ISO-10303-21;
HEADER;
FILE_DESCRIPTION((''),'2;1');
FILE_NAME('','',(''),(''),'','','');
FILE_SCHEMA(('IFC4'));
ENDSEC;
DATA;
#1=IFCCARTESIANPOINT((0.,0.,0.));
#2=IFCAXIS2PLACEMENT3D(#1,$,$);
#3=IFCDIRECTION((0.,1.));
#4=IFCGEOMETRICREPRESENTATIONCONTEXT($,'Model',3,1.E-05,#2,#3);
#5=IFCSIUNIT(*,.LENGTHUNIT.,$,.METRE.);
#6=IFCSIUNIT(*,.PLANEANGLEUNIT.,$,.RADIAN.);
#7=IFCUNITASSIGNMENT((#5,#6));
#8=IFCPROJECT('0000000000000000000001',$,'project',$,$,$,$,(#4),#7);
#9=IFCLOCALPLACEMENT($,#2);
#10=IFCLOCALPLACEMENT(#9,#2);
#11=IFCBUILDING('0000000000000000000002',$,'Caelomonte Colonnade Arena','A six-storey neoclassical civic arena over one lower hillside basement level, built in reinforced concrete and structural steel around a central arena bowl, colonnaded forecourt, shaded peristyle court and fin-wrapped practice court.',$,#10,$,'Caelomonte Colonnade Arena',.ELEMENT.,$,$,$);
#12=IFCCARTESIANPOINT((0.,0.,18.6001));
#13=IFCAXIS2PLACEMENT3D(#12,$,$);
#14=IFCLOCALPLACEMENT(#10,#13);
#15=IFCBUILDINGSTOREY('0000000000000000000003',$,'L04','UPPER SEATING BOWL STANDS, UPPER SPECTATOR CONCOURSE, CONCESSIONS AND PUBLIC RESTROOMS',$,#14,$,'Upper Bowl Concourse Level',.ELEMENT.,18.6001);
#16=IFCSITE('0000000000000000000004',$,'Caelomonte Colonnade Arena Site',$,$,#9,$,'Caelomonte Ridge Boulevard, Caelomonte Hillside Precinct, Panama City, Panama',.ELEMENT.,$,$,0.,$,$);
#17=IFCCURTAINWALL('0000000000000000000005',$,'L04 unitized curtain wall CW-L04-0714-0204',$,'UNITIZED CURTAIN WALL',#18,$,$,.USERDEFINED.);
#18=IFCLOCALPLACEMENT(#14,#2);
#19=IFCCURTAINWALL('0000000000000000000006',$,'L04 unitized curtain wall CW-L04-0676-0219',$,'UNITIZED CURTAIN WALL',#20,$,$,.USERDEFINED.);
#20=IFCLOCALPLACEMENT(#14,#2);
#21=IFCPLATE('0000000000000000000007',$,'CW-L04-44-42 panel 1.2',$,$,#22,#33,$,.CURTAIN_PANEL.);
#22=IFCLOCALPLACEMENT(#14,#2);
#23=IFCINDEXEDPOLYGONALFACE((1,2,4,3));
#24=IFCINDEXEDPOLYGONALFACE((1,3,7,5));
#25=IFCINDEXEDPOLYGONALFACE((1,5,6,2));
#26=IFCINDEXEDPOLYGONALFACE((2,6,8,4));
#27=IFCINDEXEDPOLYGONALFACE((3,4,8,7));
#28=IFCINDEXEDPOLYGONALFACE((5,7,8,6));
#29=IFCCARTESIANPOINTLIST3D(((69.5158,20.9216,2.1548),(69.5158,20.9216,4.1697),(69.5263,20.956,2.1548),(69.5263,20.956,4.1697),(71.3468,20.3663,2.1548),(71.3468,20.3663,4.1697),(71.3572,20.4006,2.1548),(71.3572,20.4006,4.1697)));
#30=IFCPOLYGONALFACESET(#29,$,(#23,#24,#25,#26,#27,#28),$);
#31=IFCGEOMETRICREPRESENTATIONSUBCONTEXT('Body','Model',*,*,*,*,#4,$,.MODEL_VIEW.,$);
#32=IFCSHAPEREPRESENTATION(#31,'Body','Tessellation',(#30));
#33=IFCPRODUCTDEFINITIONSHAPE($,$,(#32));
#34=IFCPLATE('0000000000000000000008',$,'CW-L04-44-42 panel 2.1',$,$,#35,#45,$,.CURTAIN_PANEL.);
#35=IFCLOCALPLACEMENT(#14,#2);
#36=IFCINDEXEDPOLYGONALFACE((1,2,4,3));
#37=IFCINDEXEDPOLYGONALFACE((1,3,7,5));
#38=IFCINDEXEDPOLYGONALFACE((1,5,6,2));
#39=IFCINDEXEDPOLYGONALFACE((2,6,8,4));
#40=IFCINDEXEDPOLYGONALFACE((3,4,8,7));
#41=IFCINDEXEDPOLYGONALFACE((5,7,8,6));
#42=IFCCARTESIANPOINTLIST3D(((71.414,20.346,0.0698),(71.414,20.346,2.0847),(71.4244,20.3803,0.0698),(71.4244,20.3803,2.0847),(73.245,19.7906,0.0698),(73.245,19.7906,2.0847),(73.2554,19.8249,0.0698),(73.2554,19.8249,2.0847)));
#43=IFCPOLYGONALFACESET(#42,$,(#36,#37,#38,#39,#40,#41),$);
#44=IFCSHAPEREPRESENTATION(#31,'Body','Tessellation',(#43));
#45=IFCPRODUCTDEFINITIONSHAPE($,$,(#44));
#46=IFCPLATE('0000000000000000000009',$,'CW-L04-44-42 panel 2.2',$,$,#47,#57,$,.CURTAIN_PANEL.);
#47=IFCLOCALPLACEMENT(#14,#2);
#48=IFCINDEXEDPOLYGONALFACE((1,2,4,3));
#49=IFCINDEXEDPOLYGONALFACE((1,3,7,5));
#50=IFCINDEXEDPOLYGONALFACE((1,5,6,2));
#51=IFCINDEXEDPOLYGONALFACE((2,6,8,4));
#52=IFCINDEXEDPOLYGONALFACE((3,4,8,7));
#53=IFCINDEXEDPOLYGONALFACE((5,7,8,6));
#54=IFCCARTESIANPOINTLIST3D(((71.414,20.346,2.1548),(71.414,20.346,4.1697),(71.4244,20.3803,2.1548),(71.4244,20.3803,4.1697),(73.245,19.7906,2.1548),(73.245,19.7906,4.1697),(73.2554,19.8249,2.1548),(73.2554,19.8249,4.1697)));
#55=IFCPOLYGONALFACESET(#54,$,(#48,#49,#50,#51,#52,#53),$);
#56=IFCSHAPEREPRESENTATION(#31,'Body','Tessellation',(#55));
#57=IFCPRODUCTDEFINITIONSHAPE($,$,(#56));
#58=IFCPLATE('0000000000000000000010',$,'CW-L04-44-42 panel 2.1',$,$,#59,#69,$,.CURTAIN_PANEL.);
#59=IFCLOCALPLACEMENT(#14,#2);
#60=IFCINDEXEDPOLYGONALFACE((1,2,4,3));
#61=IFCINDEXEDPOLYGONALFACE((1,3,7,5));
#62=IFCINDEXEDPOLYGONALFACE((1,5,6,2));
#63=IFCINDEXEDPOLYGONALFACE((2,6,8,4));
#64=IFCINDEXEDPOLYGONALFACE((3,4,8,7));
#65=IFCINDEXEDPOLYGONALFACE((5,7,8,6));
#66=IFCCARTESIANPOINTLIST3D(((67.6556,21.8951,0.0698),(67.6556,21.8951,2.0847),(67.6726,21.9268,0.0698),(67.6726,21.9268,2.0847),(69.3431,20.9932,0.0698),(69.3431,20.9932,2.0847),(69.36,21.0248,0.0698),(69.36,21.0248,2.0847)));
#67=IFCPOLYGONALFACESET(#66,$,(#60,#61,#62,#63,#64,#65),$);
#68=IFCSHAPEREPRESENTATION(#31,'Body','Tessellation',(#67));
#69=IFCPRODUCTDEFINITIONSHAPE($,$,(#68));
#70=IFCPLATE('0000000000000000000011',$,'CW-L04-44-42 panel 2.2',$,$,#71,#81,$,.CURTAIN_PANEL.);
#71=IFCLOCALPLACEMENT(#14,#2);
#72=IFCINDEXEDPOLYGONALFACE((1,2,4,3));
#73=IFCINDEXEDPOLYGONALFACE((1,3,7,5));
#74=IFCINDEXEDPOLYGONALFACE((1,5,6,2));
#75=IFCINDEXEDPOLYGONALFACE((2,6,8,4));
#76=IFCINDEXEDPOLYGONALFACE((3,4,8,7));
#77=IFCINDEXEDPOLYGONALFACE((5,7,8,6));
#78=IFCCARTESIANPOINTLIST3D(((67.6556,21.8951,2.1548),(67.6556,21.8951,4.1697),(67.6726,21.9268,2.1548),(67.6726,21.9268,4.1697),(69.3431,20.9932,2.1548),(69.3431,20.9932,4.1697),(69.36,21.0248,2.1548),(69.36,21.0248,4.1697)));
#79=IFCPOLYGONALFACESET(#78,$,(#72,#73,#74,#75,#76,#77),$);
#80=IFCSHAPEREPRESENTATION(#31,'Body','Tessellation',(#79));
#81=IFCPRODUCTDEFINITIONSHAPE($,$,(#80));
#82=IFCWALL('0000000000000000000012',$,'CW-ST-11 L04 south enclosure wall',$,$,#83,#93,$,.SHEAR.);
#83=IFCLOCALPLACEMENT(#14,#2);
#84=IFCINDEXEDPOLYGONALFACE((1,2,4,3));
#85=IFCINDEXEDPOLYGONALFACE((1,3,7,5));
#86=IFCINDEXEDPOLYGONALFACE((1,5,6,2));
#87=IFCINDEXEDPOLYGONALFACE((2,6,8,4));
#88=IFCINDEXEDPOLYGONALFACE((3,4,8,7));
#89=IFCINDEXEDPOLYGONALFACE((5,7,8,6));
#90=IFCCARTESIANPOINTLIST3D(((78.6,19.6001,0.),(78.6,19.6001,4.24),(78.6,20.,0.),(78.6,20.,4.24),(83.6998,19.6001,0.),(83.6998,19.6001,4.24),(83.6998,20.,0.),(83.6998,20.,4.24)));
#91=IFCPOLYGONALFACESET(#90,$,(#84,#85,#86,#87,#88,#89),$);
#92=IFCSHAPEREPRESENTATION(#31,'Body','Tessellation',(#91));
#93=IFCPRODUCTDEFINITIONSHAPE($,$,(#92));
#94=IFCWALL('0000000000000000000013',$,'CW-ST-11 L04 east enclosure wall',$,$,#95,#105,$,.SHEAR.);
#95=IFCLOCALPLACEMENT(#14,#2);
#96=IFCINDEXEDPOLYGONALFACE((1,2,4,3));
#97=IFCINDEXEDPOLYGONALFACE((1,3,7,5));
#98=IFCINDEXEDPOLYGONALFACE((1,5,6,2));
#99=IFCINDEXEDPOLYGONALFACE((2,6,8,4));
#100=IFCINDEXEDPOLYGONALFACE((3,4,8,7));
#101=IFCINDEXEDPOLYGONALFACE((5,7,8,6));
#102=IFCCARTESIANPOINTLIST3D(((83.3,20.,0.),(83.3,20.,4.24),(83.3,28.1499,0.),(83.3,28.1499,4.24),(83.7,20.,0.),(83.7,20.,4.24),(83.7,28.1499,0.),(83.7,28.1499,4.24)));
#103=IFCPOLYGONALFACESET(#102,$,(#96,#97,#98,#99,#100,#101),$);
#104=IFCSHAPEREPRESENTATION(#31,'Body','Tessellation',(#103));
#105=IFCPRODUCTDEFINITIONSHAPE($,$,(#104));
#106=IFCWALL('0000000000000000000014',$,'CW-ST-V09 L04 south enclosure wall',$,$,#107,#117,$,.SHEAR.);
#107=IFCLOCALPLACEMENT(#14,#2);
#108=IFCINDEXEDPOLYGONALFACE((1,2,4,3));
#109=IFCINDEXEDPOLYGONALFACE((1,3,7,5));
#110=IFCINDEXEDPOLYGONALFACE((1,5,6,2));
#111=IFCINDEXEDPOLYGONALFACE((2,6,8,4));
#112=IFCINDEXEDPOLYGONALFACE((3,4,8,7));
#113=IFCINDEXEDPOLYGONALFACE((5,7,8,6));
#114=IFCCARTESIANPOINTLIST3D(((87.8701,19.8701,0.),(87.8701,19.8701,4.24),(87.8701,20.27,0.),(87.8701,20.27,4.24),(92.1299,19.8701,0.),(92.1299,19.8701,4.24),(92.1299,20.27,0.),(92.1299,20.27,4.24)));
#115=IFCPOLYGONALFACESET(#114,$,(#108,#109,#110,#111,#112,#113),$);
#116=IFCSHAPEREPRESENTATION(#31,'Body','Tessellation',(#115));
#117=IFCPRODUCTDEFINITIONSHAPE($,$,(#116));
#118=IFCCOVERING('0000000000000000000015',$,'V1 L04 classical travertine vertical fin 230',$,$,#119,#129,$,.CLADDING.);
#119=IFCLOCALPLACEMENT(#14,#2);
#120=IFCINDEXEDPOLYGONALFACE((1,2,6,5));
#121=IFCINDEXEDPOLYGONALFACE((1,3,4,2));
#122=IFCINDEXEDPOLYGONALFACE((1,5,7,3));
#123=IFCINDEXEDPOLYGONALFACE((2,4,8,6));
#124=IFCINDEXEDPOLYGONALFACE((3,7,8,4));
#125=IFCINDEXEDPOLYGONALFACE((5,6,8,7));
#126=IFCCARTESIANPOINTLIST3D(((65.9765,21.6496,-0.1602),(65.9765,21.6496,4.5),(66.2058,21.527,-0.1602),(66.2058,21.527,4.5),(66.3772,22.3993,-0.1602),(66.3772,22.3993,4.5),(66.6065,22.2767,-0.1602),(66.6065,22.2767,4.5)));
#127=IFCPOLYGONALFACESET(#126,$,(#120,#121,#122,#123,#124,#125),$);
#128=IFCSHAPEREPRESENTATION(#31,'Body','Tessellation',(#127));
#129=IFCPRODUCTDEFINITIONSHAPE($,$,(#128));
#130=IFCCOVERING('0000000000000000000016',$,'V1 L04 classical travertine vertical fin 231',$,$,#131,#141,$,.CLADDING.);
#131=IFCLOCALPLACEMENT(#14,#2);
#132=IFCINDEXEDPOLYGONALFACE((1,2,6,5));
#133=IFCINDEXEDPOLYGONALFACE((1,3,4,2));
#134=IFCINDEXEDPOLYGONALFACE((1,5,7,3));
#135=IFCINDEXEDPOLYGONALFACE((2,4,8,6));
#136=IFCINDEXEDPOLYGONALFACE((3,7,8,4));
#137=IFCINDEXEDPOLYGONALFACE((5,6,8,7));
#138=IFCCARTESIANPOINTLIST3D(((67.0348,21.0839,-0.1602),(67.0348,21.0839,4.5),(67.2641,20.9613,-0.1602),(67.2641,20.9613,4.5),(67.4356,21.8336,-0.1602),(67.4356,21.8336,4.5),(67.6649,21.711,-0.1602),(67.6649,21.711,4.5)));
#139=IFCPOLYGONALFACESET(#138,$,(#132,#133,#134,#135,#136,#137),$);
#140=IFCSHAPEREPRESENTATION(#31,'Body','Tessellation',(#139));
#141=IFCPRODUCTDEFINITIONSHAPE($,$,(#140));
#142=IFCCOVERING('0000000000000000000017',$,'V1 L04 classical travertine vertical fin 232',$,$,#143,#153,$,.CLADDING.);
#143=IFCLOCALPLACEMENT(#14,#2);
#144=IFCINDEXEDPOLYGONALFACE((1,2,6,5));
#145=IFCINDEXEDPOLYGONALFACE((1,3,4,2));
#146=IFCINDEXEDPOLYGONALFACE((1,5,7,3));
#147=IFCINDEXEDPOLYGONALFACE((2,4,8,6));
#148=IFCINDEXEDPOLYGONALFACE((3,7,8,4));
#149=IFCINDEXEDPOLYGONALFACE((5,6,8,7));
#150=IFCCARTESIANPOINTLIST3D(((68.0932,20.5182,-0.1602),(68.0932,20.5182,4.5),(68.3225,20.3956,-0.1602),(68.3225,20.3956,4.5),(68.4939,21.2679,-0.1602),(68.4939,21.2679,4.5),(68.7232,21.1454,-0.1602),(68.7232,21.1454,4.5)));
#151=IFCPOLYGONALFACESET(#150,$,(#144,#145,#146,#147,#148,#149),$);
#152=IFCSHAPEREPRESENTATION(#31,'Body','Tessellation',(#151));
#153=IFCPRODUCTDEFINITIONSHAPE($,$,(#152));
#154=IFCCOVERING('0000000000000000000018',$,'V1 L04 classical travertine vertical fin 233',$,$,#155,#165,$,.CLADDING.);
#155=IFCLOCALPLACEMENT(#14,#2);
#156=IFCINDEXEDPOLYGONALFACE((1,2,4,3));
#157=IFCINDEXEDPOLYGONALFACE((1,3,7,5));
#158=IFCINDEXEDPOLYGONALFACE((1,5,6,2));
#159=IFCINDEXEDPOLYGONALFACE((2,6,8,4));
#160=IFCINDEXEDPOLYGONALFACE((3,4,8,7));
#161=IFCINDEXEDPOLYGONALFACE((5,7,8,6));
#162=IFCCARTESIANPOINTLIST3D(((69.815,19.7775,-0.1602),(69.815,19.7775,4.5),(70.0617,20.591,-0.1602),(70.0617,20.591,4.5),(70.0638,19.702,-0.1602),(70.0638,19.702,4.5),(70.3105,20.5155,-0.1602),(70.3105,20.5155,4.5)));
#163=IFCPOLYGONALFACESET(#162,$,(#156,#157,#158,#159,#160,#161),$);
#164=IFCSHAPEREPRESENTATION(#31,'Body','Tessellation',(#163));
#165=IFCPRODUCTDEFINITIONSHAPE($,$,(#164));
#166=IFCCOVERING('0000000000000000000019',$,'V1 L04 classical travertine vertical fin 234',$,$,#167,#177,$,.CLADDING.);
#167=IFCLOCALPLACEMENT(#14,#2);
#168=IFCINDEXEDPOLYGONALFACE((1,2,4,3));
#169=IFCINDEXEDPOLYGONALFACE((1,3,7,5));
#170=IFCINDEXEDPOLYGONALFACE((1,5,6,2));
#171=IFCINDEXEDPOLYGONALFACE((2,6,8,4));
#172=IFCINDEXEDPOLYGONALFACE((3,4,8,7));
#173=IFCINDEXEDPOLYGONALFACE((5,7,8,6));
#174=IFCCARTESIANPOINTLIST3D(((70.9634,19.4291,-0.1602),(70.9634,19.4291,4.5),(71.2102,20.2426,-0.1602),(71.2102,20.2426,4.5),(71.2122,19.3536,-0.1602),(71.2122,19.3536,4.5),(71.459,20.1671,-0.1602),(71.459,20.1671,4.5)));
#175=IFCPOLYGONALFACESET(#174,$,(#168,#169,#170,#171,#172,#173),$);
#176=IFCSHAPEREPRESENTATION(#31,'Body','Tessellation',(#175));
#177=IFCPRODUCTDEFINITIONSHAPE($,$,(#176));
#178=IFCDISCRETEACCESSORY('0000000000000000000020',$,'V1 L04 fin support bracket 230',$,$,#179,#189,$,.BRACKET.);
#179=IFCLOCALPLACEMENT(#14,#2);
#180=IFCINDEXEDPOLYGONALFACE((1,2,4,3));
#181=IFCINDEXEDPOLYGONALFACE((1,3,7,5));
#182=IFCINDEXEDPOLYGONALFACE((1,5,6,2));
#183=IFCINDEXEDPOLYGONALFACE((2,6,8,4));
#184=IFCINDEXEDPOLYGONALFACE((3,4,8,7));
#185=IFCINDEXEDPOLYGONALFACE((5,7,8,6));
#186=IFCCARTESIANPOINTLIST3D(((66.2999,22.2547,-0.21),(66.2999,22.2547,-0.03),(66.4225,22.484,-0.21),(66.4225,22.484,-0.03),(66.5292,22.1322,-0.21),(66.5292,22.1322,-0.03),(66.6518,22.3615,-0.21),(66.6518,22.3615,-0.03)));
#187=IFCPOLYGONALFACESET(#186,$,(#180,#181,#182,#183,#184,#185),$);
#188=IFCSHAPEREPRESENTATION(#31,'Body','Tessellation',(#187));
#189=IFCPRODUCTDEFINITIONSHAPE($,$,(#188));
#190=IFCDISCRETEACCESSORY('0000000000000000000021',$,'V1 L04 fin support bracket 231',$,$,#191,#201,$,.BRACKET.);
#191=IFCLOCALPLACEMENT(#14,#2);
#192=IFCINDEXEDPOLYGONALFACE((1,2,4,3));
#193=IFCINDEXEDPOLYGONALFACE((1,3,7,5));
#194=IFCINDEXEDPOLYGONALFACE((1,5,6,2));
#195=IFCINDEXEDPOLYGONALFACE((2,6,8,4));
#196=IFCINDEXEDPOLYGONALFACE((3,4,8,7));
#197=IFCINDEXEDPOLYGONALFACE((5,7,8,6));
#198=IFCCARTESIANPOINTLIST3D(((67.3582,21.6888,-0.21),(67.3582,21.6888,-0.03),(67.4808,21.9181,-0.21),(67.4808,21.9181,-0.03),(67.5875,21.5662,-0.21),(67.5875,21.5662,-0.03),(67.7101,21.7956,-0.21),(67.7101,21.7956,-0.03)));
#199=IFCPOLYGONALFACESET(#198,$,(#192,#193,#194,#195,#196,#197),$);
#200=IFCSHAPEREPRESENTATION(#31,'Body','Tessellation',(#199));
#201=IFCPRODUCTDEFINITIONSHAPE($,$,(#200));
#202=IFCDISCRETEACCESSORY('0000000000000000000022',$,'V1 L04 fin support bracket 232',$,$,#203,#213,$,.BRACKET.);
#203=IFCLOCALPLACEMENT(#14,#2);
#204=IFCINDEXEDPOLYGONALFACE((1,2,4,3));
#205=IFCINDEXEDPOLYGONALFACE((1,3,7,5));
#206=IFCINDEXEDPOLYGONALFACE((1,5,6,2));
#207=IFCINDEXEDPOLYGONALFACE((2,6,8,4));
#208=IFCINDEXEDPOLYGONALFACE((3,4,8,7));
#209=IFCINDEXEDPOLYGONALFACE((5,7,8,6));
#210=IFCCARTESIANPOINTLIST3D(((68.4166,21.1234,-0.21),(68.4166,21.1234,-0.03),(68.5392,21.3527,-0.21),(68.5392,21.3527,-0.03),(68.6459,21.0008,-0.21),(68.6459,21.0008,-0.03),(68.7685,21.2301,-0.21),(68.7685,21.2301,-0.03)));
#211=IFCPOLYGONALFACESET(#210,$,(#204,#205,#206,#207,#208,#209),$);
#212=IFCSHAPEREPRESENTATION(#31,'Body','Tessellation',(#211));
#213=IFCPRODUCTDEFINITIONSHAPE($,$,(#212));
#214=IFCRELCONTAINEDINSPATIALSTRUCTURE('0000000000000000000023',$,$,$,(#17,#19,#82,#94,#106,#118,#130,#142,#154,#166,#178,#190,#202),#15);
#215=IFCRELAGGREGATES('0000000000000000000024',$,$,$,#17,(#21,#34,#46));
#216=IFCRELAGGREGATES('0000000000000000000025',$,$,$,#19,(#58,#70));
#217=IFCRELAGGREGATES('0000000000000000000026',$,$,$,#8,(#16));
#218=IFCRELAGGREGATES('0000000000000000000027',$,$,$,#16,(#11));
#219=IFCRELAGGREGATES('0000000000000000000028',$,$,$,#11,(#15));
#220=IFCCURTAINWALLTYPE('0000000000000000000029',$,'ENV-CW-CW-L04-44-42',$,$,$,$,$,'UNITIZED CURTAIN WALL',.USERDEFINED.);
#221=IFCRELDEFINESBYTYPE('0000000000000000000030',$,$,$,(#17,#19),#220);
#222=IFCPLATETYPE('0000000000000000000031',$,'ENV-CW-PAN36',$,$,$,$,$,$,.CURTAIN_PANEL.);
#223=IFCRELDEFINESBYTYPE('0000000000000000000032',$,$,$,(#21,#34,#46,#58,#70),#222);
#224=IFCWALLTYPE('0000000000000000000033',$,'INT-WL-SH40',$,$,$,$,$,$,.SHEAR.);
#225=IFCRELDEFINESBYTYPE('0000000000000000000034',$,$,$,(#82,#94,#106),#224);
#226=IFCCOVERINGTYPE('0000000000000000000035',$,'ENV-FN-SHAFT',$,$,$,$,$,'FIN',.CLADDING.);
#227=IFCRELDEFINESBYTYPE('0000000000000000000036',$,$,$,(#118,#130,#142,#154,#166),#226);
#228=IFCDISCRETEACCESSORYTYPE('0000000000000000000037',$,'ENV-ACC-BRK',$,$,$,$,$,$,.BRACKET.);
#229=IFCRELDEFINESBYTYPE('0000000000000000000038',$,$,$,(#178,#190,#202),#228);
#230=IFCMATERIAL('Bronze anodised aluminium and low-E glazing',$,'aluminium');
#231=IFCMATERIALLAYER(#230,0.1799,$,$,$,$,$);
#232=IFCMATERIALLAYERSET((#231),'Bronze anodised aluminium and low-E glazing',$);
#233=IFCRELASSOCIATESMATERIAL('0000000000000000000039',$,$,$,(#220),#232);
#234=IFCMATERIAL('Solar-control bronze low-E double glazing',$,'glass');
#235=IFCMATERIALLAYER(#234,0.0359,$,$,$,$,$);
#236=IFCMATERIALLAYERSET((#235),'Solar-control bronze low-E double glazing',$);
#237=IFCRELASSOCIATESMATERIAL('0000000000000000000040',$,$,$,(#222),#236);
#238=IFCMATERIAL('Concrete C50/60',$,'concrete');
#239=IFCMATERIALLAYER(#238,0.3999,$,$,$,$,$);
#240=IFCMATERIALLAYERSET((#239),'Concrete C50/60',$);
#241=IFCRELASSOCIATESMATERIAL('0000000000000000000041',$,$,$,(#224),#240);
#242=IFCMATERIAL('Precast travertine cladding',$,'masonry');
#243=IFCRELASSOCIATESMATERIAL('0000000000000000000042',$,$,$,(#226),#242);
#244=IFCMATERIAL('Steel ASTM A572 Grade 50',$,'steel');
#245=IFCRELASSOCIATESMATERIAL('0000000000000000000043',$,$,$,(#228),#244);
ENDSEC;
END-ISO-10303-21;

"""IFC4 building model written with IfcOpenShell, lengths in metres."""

from ifc_helpers import new_model, si_unit, direction, frame, frame_2d, origin, origin_2d, place, context, subcontext, project, spatial, rectangle, extrude, material, layer, layer_set, material_profile, profile_set, type_object, element, aggregate, save


model = new_model("IFC4")

# Units and contexts
model_context = context("Model", 3, precision=1e-05, world=origin(), true_north=direction((0.0, 1.0)))
body_context = subcontext(model_context, "Body", "Model", "MODEL_VIEW")
ifc_project = project(units=[si_unit("LENGTHUNIT", "METRE"), si_unit("PLANEANGLEUNIT", "RADIAN")], contexts=[model_context])

# Site, building, storey
site_placement = place(None, origin())
site = spatial("IfcSite", under=ifc_project, at=site_placement, Name="Caelomonte Colonnade Arena Site", LongName="Caelomonte Ridge Boulevard, Caelomonte Hillside Precinct, Panama City, Panama", CompositionType="ELEMENT", RefElevation=0.0)
building_placement = place(site_placement, origin())
building = spatial("IfcBuilding", under=site, at=building_placement, Name="Caelomonte Colonnade Arena", Description="A six-storey neoclassical civic arena over one lower hillside basement level, built in reinforced concrete and structural steel around a central arena bowl, colonnaded forecourt, shaded peristyle court and fin-wrapped practice court.", LongName="Caelomonte Colonnade Arena", CompositionType="ELEMENT")
storey_placement = place(building_placement, frame((0.0, 0.0, 18.6001)))
storey = spatial("IfcBuildingStorey", under=building, at=storey_placement, Name="L04", Description="UPPER SEATING BOWL STANDS, UPPER SPECTATOR CONCOURSE, CONCESSIONS AND PUBLIC RESTROOMS", LongName="Upper Bowl Concourse Level", CompositionType="ELEMENT", Elevation=18.6001)

# Curtain walls
ifc_material_1 = material(Name="Bronze anodised aluminium and low-E glazing", Category="aluminium")
ifc_layer_1 = layer(ifc_material_1, 0.1799)
ifc_layer_set_1 = layer_set([ifc_layer_1], Name="Bronze anodised aluminium and low-E glazing")
curtain_wall_type = type_object("IfcCurtainWallType", Name="ENV-CW-CW-L04-44-42", ElementType="UNITIZED CURTAIN WALL", PredefinedType="USERDEFINED", material=ifc_layer_set_1)
curtain_wall_1_placement = place(storey_placement, origin())
curtain_wall_1 = element("IfcCurtainWall", 1, at=curtain_wall_1_placement, inside=storey, type_object=curtain_wall_type, Name="L04 unitized curtain wall CW-L04-0714-0204", ObjectType="UNITIZED CURTAIN WALL", PredefinedType="USERDEFINED")
curtain_wall_2_placement = place(storey_placement, origin())
curtain_wall_2 = element("IfcCurtainWall", 2, at=curtain_wall_2_placement, inside=storey, type_object=curtain_wall_type, Name="L04 unitized curtain wall CW-L04-0676-0219", ObjectType="UNITIZED CURTAIN WALL", PredefinedType="USERDEFINED")

# Plates
ifc_material_2 = material(Name="Solar-control bronze low-E double glazing", Category="glass")
ifc_layer_2 = layer(ifc_material_2, 0.0359)
ifc_layer_set_2 = layer_set([ifc_layer_2], Name="Solar-control bronze low-E double glazing")
plate_type = type_object("IfcPlateType", Name="ENV-CW-PAN36", PredefinedType="CURTAIN_PANEL", material=ifc_layer_set_2)
plate_1_placement = place(storey_placement, frame((70.4365, 20.6611, 2.1548), z_axis=(0.0, 0.0, 1.0), x_axis=(0.956949, -0.290256, 0.0)))
plate_1 = element("IfcPlate", 3, at=plate_1_placement, type_object=plate_type, Name="CW-L04-44-42 panel 1.2", PredefinedType="CURTAIN_PANEL", context=body_context, shape_type="SweptSolid", body=[
    extrude(rectangle(XDim=1.9133, YDim=0.0359, at=origin_2d()), origin(), (0.0, 0.0, 1.0), 2.0149),
])
plate_2_placement = place(storey_placement, frame((72.3347, 20.0854, 0.0698), z_axis=(0.0, 0.0, 1.0), x_axis=(0.956949, -0.290256, 0.0)))
plate_2 = element("IfcPlate", 4, at=plate_2_placement, type_object=plate_type, Name="CW-L04-44-42 panel 2.1", PredefinedType="CURTAIN_PANEL", context=body_context, shape_type="SweptSolid", body=[
    extrude(rectangle(XDim=1.9133, YDim=0.0359, at=origin_2d()), origin(), (0.0, 0.0, 1.0), 2.0149),
])
plate_3_placement = place(storey_placement, frame((72.3347, 20.0854, 2.1548), z_axis=(0.0, 0.0, 1.0), x_axis=(0.956949, -0.290256, 0.0)))
plate_3 = element("IfcPlate", 5, at=plate_3_placement, type_object=plate_type, Name="CW-L04-44-42 panel 2.2", PredefinedType="CURTAIN_PANEL", context=body_context, shape_type="SweptSolid", body=[
    extrude(rectangle(XDim=1.9133, YDim=0.0359, at=origin_2d()), origin(), (0.0, 0.0, 1.0), 2.0149),
])
aggregate(curtain_wall_1, [plate_1, plate_2, plate_3])
plate_4_placement = place(storey_placement, frame((68.5078, 21.46, 0.0698), z_axis=(0.0, 0.0, 1.0), x_axis=(0.881923, -0.471394, 0.0)))
plate_4 = element("IfcPlate", 6, at=plate_4_placement, type_object=plate_type, Name="CW-L04-44-42 panel 2.1", PredefinedType="CURTAIN_PANEL", context=body_context, shape_type="SweptSolid", body=[
    extrude(rectangle(XDim=1.9133, YDim=0.0359, at=origin_2d()), origin(), (0.0, 0.0, 1.0), 2.0149),
])
plate_5_placement = place(storey_placement, frame((68.5078, 21.46, 2.1548), z_axis=(0.0, 0.0, 1.0), x_axis=(0.881923, -0.471394, 0.0)))
plate_5 = element("IfcPlate", 7, at=plate_5_placement, type_object=plate_type, Name="CW-L04-44-42 panel 2.2", PredefinedType="CURTAIN_PANEL", context=body_context, shape_type="SweptSolid", body=[
    extrude(rectangle(XDim=1.9133, YDim=0.0359, at=origin_2d()), origin(), (0.0, 0.0, 1.0), 2.0149),
])
aggregate(curtain_wall_2, [plate_4, plate_5])

# Walls
ifc_material_3 = material(Name="Concrete C50/60", Category="concrete")
ifc_layer_3 = layer(ifc_material_3, 0.3999)
ifc_layer_set_3 = layer_set([ifc_layer_3], Name="Concrete C50/60")
wall_type = type_object("IfcWallType", Name="INT-WL-SH40", PredefinedType="SHEAR", material=ifc_layer_set_3)
wall_1_placement = place(storey_placement, frame((78.6001, 19.8, 0.0), z_axis=(0.0, 0.0, 1.0), x_axis=(1.0, 0.0, 0.0)))
element("IfcWall", 8, at=wall_1_placement, inside=storey, type_object=wall_type, Name="CW-ST-11 L04 south enclosure wall", PredefinedType="SHEAR", context=body_context, shape_type="SweptSolid", body=[
    extrude(rectangle(XDim=5.0999, YDim=0.3999, at=frame_2d((2.5498, 0.0))), origin(), (0.0, 0.0, 1.0), 4.24),
])
wall_2_placement = place(storey_placement, frame((83.5, 20.0, 0.0), z_axis=(0.0, 0.0, 1.0), x_axis=(0.0, 1.0, 0.0)))
element("IfcWall", 9, at=wall_2_placement, inside=storey, type_object=wall_type, Name="CW-ST-11 L04 east enclosure wall", PredefinedType="SHEAR", context=body_context, shape_type="SweptSolid", body=[
    extrude(rectangle(XDim=8.1499, YDim=0.3999, at=frame_2d((4.075, 0.0))), origin(), (0.0, 0.0, 1.0), 4.24),
])
wall_3_placement = place(storey_placement, frame((87.8701, 20.0701, 0.0), z_axis=(0.0, 0.0, 1.0), x_axis=(1.0, 0.0, 0.0)))
element("IfcWall", 10, at=wall_3_placement, inside=storey, type_object=wall_type, Name="CW-ST-V09 L04 south enclosure wall", PredefinedType="SHEAR", context=body_context, shape_type="SweptSolid", body=[
    extrude(rectangle(XDim=4.2598, YDim=0.3999, at=frame_2d((2.1299, 0.0))), origin(), (0.0, 0.0, 1.0), 4.24),
])

# Coverings
ifc_material_4 = material(Name="Precast travertine cladding", Category="masonry")
ifc_material_profile_1 = material_profile(ifc_material_4, rectangle(XDim=0.26, YDim=0.8501, at=origin_2d()), Name="FIN260X850")
ifc_profile_set_1 = profile_set([ifc_material_profile_1], Name="Precast travertine cladding")
covering_type = type_object("IfcCoveringType", Name="ENV-FN-SHAFT", ElementType="FIN", PredefinedType="CLADDING", material=ifc_profile_set_1)
for number, where, z_axis, x_axis, name in (
    (11, (66.2915, 21.9631, -0.1602), (0.0, 0.0, 1.0), (-0.881921, 0.471397, 0.0), "V1 L04 classical travertine vertical fin 230"),
    (12, (67.3499, 21.3975, -0.1602), (0.0, 0.0, 1.0), (-0.881921, 0.471397, 0.0), "V1 L04 classical travertine vertical fin 231"),
    (13, (68.4082, 20.8318, -0.1602), (0.0, 0.0, 1.0), (-0.881921, 0.471397, 0.0), "V1 L04 classical travertine vertical fin 232"),
    (14, (70.0627, 20.1465, -0.1602), (0.0, 0.0, 1.0), (-0.956943, 0.290276, 0.0), "V1 L04 classical travertine vertical fin 233"),
    (15, (71.2112, 19.7981, -0.1602), (0.0, 0.0, 1.0), (-0.956943, 0.290276, 0.0), "V1 L04 classical travertine vertical fin 234"),
):
    element("IfcCovering", number, at=place(storey_placement, frame(where, z_axis=z_axis, x_axis=x_axis)), inside=storey, type_object=covering_type, Name=name, PredefinedType="CLADDING", context=body_context, shape_type="SweptSolid", body=[
        extrude(rectangle(XDim=0.26, YDim=0.8501, at=origin_2d()), origin(), (0.0, 0.0, 1.0), 4.6602),
    ])

# Discrete accessories
ifc_material_5 = material(Name="Steel ASTM A572 Grade 50", Category="steel")
discrete_accessory_type = type_object("IfcDiscreteAccessoryType", Name="ENV-ACC-BRK", PredefinedType="BRACKET", material=ifc_material_5)
for number, where, z_axis, x_axis, name in (
    (16, (66.4758, 22.3081, -0.21), (0.0, 0.0, 1.0), (0.881921, -0.471397, 0.0), "V1 L04 fin support bracket 230"),
    (17, (67.5342, 21.7422, -0.21), (0.0, 0.0, 1.0), (0.881921, -0.471397, 0.0), "V1 L04 fin support bracket 231"),
    (18, (68.5925, 21.1768, -0.21), (0.0, 0.0, 1.0), (0.881921, -0.471397, 0.0), "V1 L04 fin support bracket 232"),
):
    element("IfcDiscreteAccessory", number, at=place(storey_placement, frame(where, z_axis=z_axis, x_axis=x_axis)), inside=storey, type_object=discrete_accessory_type, Name=name, PredefinedType="BRACKET", context=body_context, shape_type="SweptSolid", body=[
        extrude(rectangle(XDim=0.26, YDim=0.26, at=origin_2d()), origin(), (0.0, 0.0, 1.0), 0.1799),
    ])

save(model, "model.ifc")
